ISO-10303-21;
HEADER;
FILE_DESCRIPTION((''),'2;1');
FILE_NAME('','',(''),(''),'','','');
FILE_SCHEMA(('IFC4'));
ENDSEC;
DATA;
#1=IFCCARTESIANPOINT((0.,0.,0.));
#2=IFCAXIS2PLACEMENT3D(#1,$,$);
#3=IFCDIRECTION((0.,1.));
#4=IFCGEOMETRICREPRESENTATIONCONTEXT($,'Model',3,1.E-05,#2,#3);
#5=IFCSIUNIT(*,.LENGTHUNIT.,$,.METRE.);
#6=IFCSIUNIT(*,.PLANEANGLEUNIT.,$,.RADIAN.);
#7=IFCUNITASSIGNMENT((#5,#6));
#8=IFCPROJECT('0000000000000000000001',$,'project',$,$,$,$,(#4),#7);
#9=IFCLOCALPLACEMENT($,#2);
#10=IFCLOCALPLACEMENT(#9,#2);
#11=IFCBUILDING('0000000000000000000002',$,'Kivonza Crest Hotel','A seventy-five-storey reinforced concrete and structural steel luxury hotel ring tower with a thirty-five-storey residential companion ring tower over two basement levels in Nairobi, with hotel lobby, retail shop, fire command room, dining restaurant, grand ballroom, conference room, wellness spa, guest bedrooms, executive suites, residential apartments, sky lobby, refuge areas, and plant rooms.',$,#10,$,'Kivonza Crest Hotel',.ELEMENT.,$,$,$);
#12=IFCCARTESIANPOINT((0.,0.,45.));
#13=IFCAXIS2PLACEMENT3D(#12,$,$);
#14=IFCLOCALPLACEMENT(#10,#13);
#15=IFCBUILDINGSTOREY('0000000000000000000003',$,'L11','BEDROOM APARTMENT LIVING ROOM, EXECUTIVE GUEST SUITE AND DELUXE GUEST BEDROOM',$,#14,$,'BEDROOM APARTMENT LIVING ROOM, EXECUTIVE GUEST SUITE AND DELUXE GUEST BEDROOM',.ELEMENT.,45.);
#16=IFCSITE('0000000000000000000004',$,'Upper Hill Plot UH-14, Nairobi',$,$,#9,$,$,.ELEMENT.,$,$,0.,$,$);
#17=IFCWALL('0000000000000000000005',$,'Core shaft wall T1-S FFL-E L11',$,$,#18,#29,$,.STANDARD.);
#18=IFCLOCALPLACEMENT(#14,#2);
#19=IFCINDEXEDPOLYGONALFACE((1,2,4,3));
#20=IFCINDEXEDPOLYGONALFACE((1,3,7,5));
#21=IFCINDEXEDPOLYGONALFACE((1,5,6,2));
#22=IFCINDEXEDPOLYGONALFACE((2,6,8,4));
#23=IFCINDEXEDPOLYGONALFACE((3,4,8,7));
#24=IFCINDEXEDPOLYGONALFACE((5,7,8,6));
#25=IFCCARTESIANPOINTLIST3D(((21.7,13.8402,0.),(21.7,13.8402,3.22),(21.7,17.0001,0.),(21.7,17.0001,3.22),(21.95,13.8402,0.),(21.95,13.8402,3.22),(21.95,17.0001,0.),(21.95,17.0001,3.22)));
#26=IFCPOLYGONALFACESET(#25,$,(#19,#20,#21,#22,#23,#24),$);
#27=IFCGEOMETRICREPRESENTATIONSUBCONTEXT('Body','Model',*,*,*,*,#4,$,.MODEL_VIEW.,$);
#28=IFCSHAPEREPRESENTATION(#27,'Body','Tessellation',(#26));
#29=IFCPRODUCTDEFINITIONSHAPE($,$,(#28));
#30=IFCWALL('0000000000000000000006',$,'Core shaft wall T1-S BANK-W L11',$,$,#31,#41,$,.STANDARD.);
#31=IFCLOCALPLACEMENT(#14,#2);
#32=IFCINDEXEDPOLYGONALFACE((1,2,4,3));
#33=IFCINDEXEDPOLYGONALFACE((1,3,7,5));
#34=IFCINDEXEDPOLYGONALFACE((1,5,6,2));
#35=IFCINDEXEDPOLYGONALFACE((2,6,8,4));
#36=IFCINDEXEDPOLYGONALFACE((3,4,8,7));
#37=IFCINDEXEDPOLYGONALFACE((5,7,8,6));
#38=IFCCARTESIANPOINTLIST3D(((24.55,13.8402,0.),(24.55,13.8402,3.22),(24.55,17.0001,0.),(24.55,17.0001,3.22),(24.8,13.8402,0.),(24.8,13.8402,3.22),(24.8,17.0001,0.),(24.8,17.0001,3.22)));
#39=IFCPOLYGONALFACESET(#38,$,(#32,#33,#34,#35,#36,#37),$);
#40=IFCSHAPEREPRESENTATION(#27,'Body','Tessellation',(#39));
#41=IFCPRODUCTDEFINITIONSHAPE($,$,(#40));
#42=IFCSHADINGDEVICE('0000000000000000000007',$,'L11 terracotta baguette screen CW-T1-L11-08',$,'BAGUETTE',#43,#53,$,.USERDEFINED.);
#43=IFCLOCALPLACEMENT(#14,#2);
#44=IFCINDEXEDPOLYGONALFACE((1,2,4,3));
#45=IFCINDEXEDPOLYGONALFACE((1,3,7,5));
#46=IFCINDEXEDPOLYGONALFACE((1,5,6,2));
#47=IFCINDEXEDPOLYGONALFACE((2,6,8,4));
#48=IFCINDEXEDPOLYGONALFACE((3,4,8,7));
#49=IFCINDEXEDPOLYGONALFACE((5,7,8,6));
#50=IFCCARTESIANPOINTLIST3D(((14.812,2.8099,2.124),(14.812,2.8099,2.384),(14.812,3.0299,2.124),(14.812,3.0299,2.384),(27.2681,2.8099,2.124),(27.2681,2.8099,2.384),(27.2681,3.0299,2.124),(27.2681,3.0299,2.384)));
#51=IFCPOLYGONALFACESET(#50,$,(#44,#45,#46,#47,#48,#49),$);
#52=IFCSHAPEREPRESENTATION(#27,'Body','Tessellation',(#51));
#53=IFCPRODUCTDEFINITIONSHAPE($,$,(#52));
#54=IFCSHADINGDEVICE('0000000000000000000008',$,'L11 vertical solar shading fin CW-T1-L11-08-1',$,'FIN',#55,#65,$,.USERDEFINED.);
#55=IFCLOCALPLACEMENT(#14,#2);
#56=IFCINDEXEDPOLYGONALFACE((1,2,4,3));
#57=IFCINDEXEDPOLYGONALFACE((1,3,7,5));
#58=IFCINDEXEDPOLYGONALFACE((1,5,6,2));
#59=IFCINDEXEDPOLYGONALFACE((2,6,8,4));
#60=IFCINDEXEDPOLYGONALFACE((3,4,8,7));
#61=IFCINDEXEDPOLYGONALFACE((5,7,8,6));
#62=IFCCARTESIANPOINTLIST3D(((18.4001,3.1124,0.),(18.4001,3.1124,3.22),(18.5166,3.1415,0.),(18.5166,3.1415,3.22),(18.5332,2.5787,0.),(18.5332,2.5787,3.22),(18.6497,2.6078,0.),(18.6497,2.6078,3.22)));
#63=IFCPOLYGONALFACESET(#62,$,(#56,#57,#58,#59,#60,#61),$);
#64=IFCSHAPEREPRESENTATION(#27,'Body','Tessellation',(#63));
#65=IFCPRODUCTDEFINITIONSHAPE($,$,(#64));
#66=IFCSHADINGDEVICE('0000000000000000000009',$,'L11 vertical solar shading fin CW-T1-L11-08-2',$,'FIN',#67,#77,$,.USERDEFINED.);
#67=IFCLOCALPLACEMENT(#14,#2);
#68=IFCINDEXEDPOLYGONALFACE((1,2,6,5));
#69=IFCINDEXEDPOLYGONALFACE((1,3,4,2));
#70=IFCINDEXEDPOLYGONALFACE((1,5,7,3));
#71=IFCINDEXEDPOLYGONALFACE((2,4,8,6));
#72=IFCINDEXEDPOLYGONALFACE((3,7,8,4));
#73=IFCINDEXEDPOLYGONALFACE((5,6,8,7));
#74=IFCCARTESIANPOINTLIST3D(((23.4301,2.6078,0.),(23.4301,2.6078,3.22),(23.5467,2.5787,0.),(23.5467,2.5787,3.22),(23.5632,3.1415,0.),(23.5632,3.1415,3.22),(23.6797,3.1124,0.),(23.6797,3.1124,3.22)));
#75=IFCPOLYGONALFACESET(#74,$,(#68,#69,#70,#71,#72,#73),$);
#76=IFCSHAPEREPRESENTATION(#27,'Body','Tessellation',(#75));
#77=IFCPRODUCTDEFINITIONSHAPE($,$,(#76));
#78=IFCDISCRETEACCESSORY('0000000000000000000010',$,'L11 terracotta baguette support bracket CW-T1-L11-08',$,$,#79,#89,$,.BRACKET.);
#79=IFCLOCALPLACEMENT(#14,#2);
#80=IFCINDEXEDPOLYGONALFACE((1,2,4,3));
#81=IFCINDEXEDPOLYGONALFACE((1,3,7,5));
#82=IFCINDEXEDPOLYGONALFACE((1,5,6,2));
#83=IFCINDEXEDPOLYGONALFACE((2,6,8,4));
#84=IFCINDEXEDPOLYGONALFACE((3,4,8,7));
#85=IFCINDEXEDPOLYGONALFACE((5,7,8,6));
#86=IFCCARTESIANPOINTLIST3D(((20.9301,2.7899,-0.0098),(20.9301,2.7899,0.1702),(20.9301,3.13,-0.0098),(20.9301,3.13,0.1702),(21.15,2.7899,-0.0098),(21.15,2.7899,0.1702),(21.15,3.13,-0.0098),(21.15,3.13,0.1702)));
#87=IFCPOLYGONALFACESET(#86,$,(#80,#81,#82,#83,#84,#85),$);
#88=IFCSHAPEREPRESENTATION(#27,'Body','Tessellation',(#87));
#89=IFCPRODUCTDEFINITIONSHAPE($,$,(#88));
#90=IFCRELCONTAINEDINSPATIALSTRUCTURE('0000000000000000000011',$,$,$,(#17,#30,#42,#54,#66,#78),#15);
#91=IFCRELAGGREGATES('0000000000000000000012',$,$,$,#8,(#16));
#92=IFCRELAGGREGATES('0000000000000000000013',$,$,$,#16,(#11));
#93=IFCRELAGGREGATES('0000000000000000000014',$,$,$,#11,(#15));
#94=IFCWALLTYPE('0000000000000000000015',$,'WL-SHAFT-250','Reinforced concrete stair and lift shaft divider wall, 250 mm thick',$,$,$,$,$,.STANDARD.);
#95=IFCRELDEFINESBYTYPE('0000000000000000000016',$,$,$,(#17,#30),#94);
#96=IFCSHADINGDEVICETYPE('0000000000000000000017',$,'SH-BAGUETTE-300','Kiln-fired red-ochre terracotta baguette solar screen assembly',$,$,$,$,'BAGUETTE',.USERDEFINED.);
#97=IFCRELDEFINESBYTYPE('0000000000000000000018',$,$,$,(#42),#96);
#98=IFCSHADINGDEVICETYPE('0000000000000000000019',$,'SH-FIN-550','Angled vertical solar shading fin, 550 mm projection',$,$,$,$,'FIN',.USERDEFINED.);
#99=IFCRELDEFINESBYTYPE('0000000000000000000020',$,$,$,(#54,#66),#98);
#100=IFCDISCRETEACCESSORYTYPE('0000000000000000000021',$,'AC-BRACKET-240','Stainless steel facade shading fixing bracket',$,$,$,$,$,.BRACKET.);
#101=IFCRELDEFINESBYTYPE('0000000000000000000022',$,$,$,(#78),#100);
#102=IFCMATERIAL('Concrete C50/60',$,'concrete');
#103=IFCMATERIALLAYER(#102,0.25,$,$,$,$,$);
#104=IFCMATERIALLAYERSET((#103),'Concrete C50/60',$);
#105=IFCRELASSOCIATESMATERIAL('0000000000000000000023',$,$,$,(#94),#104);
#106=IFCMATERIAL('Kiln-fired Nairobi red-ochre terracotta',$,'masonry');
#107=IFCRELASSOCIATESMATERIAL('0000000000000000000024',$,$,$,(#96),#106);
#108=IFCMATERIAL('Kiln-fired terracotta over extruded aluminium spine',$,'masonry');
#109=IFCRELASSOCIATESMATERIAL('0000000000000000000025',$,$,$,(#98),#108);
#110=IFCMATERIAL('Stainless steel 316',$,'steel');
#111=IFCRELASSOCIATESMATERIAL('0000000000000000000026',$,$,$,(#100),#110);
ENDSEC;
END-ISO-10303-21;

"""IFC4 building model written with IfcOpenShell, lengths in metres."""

from ifc_helpers import new_model, si_unit, direction, frame, frame_2d, origin, origin_2d, place, context, subcontext, project, spatial, rectangle, extrude, material, layer, layer_set, type_object, element, save


model = new_model("IFC4")

# Units and contexts
model_context = context("Model", 3, precision=1e-05, world=origin(), true_north=direction((0.0, 1.0)))
body_context = subcontext(model_context, "Body", "Model", "MODEL_VIEW")
ifc_project = project(units=[si_unit("LENGTHUNIT", "METRE"), si_unit("PLANEANGLEUNIT", "RADIAN")], contexts=[model_context])

# Site, building, storey
site_placement = place(None, origin())
site = spatial("IfcSite", under=ifc_project, at=site_placement, Name="Upper Hill Plot UH-14, Nairobi", CompositionType="ELEMENT", RefElevation=0.0)
building_placement = place(site_placement, origin())
building = spatial("IfcBuilding", under=site, at=building_placement, Name="Kivonza Crest Hotel", Description="A seventy-five-storey reinforced concrete and structural steel luxury hotel ring tower with a thirty-five-storey residential companion ring tower over two basement levels in Nairobi, with hotel lobby, retail shop, fire command room, dining restaurant, grand ballroom, conference room, wellness spa, guest bedrooms, executive suites, residential apartments, sky lobby, refuge areas, and plant rooms.", LongName="Kivonza Crest Hotel", CompositionType="ELEMENT")
storey_placement = place(building_placement, frame((0.0, 0.0, 45.0)))
storey = spatial("IfcBuildingStorey", under=building, at=storey_placement, Name="L11", Description="BEDROOM APARTMENT LIVING ROOM, EXECUTIVE GUEST SUITE AND DELUXE GUEST BEDROOM", LongName="BEDROOM APARTMENT LIVING ROOM, EXECUTIVE GUEST SUITE AND DELUXE GUEST BEDROOM", CompositionType="ELEMENT", Elevation=45.0)

# Shared definitions
ifc_material_1 = material(Name="Concrete C50/60", Category="concrete")
ifc_layer_1 = layer(ifc_material_1, 0.25)
ifc_layer_set_1 = layer_set([ifc_layer_1], Name="Concrete C50/60")
wall_type_1 = type_object("IfcWallType", Name="WL-SHAFT-250", Description="Reinforced concrete stair and lift shaft divider wall, 250 mm thick", PredefinedType="STANDARD", material=ifc_layer_set_1)

# Walls
for number, where, z_axis, x_axis, name in (
    (1, (21.825, 13.8401, 0.0), (0.0, 0.0, 1.0), (0.0, 1.0, 0.0), "Core shaft wall T1-S FFL-E L11"),
    (2, (24.675, 13.8401, 0.0), (0.0, 0.0, 1.0), (0.0, 1.0, 0.0), "Core shaft wall T1-S BANK-W L11"),
):
    element("IfcWall", number, at=place(storey_placement, frame(where, z_axis=z_axis, x_axis=x_axis)), inside=storey, type_object=wall_type_1, Name=name, PredefinedType="STANDARD", context=body_context, shape_type="SweptSolid", body=[
        extrude(rectangle(XDim=3.1599, YDim=0.25, at=frame_2d((1.5801, 0.0))), origin(), (0.0, 0.0, 1.0), 3.22),
    ])

# Shading devices
ifc_material_2 = material(Name="Kiln-fired Nairobi red-ochre terracotta", Category="masonry")
shading_device_type_1 = type_object("IfcShadingDeviceType", Name="SH-BAGUETTE-300", Description="Kiln-fired red-ochre terracotta baguette solar screen assembly", ElementType="BAGUETTE", PredefinedType="USERDEFINED", material=ifc_material_2)
shading_device_placement = place(storey_placement, frame((21.04, 2.9199, 2.124), z_axis=(0.0, 0.0, 1.0), x_axis=(1.0, 0.0, 0.0)))
element("IfcShadingDevice", 3, at=shading_device_placement, inside=storey, type_object=shading_device_type_1, Name="L11 terracotta baguette screen CW-T1-L11-08", ObjectType="BAGUETTE", PredefinedType="USERDEFINED", context=body_context, shape_type="SweptSolid", body=[
    extrude(rectangle(XDim=12.4561, YDim=0.22, at=origin_2d()), origin(), (0.0, 0.0, 1.0), 0.26),
])
ifc_material_3 = material(Name="Kiln-fired terracotta over extruded aluminium spine", Category="masonry")
shading_device_type_2 = type_object("IfcShadingDeviceType", Name="SH-FIN-550", Description="Angled vertical solar shading fin, 550 mm projection", ElementType="FIN", PredefinedType="USERDEFINED", material=ifc_material_3)
for number, where, z_axis, x_axis, name in (
    (4, (18.5249, 2.8601, 0.0), (0.0, 0.0, 1.0), (0.970296, 0.241922, 0.0), "L11 vertical solar shading fin CW-T1-L11-08-1"),
    (5, (23.5549, 2.8601, 0.0), (0.0, 0.0, 1.0), (0.970296, -0.241922, 0.0), "L11 vertical solar shading fin CW-T1-L11-08-2"),
):
    element("IfcShadingDevice", number, at=place(storey_placement, frame(where, z_axis=z_axis, x_axis=x_axis)), inside=storey, type_object=shading_device_type_2, Name=name, ObjectType="FIN", PredefinedType="USERDEFINED", context=body_context, shape_type="SweptSolid", body=[
        extrude(rectangle(XDim=0.1201, YDim=0.55, at=origin_2d()), origin(), (0.0, 0.0, 1.0), 3.22),
    ])

# Discrete accessory
ifc_material_4 = material(Name="Stainless steel 316", Category="steel")
discrete_accessory_type = type_object("IfcDiscreteAccessoryType", Name="AC-BRACKET-240", Description="Stainless steel facade shading fixing bracket", PredefinedType="BRACKET", material=ifc_material_4)
discrete_accessory_placement = place(storey_placement, frame((21.04, 2.96, -0.0098), z_axis=(0.0, 0.0, 1.0), x_axis=(1.0, 0.0, 0.0)))
element("IfcDiscreteAccessory", 6, at=discrete_accessory_placement, inside=storey, type_object=discrete_accessory_type, Name="L11 terracotta baguette support bracket CW-T1-L11-08", PredefinedType="BRACKET", context=body_context, shape_type="SweptSolid", body=[
    extrude(rectangle(XDim=0.22, YDim=0.3401, at=origin_2d()), origin(), (0.0, 0.0, 1.0), 0.1799),
])

save(model, "model.ifc")
